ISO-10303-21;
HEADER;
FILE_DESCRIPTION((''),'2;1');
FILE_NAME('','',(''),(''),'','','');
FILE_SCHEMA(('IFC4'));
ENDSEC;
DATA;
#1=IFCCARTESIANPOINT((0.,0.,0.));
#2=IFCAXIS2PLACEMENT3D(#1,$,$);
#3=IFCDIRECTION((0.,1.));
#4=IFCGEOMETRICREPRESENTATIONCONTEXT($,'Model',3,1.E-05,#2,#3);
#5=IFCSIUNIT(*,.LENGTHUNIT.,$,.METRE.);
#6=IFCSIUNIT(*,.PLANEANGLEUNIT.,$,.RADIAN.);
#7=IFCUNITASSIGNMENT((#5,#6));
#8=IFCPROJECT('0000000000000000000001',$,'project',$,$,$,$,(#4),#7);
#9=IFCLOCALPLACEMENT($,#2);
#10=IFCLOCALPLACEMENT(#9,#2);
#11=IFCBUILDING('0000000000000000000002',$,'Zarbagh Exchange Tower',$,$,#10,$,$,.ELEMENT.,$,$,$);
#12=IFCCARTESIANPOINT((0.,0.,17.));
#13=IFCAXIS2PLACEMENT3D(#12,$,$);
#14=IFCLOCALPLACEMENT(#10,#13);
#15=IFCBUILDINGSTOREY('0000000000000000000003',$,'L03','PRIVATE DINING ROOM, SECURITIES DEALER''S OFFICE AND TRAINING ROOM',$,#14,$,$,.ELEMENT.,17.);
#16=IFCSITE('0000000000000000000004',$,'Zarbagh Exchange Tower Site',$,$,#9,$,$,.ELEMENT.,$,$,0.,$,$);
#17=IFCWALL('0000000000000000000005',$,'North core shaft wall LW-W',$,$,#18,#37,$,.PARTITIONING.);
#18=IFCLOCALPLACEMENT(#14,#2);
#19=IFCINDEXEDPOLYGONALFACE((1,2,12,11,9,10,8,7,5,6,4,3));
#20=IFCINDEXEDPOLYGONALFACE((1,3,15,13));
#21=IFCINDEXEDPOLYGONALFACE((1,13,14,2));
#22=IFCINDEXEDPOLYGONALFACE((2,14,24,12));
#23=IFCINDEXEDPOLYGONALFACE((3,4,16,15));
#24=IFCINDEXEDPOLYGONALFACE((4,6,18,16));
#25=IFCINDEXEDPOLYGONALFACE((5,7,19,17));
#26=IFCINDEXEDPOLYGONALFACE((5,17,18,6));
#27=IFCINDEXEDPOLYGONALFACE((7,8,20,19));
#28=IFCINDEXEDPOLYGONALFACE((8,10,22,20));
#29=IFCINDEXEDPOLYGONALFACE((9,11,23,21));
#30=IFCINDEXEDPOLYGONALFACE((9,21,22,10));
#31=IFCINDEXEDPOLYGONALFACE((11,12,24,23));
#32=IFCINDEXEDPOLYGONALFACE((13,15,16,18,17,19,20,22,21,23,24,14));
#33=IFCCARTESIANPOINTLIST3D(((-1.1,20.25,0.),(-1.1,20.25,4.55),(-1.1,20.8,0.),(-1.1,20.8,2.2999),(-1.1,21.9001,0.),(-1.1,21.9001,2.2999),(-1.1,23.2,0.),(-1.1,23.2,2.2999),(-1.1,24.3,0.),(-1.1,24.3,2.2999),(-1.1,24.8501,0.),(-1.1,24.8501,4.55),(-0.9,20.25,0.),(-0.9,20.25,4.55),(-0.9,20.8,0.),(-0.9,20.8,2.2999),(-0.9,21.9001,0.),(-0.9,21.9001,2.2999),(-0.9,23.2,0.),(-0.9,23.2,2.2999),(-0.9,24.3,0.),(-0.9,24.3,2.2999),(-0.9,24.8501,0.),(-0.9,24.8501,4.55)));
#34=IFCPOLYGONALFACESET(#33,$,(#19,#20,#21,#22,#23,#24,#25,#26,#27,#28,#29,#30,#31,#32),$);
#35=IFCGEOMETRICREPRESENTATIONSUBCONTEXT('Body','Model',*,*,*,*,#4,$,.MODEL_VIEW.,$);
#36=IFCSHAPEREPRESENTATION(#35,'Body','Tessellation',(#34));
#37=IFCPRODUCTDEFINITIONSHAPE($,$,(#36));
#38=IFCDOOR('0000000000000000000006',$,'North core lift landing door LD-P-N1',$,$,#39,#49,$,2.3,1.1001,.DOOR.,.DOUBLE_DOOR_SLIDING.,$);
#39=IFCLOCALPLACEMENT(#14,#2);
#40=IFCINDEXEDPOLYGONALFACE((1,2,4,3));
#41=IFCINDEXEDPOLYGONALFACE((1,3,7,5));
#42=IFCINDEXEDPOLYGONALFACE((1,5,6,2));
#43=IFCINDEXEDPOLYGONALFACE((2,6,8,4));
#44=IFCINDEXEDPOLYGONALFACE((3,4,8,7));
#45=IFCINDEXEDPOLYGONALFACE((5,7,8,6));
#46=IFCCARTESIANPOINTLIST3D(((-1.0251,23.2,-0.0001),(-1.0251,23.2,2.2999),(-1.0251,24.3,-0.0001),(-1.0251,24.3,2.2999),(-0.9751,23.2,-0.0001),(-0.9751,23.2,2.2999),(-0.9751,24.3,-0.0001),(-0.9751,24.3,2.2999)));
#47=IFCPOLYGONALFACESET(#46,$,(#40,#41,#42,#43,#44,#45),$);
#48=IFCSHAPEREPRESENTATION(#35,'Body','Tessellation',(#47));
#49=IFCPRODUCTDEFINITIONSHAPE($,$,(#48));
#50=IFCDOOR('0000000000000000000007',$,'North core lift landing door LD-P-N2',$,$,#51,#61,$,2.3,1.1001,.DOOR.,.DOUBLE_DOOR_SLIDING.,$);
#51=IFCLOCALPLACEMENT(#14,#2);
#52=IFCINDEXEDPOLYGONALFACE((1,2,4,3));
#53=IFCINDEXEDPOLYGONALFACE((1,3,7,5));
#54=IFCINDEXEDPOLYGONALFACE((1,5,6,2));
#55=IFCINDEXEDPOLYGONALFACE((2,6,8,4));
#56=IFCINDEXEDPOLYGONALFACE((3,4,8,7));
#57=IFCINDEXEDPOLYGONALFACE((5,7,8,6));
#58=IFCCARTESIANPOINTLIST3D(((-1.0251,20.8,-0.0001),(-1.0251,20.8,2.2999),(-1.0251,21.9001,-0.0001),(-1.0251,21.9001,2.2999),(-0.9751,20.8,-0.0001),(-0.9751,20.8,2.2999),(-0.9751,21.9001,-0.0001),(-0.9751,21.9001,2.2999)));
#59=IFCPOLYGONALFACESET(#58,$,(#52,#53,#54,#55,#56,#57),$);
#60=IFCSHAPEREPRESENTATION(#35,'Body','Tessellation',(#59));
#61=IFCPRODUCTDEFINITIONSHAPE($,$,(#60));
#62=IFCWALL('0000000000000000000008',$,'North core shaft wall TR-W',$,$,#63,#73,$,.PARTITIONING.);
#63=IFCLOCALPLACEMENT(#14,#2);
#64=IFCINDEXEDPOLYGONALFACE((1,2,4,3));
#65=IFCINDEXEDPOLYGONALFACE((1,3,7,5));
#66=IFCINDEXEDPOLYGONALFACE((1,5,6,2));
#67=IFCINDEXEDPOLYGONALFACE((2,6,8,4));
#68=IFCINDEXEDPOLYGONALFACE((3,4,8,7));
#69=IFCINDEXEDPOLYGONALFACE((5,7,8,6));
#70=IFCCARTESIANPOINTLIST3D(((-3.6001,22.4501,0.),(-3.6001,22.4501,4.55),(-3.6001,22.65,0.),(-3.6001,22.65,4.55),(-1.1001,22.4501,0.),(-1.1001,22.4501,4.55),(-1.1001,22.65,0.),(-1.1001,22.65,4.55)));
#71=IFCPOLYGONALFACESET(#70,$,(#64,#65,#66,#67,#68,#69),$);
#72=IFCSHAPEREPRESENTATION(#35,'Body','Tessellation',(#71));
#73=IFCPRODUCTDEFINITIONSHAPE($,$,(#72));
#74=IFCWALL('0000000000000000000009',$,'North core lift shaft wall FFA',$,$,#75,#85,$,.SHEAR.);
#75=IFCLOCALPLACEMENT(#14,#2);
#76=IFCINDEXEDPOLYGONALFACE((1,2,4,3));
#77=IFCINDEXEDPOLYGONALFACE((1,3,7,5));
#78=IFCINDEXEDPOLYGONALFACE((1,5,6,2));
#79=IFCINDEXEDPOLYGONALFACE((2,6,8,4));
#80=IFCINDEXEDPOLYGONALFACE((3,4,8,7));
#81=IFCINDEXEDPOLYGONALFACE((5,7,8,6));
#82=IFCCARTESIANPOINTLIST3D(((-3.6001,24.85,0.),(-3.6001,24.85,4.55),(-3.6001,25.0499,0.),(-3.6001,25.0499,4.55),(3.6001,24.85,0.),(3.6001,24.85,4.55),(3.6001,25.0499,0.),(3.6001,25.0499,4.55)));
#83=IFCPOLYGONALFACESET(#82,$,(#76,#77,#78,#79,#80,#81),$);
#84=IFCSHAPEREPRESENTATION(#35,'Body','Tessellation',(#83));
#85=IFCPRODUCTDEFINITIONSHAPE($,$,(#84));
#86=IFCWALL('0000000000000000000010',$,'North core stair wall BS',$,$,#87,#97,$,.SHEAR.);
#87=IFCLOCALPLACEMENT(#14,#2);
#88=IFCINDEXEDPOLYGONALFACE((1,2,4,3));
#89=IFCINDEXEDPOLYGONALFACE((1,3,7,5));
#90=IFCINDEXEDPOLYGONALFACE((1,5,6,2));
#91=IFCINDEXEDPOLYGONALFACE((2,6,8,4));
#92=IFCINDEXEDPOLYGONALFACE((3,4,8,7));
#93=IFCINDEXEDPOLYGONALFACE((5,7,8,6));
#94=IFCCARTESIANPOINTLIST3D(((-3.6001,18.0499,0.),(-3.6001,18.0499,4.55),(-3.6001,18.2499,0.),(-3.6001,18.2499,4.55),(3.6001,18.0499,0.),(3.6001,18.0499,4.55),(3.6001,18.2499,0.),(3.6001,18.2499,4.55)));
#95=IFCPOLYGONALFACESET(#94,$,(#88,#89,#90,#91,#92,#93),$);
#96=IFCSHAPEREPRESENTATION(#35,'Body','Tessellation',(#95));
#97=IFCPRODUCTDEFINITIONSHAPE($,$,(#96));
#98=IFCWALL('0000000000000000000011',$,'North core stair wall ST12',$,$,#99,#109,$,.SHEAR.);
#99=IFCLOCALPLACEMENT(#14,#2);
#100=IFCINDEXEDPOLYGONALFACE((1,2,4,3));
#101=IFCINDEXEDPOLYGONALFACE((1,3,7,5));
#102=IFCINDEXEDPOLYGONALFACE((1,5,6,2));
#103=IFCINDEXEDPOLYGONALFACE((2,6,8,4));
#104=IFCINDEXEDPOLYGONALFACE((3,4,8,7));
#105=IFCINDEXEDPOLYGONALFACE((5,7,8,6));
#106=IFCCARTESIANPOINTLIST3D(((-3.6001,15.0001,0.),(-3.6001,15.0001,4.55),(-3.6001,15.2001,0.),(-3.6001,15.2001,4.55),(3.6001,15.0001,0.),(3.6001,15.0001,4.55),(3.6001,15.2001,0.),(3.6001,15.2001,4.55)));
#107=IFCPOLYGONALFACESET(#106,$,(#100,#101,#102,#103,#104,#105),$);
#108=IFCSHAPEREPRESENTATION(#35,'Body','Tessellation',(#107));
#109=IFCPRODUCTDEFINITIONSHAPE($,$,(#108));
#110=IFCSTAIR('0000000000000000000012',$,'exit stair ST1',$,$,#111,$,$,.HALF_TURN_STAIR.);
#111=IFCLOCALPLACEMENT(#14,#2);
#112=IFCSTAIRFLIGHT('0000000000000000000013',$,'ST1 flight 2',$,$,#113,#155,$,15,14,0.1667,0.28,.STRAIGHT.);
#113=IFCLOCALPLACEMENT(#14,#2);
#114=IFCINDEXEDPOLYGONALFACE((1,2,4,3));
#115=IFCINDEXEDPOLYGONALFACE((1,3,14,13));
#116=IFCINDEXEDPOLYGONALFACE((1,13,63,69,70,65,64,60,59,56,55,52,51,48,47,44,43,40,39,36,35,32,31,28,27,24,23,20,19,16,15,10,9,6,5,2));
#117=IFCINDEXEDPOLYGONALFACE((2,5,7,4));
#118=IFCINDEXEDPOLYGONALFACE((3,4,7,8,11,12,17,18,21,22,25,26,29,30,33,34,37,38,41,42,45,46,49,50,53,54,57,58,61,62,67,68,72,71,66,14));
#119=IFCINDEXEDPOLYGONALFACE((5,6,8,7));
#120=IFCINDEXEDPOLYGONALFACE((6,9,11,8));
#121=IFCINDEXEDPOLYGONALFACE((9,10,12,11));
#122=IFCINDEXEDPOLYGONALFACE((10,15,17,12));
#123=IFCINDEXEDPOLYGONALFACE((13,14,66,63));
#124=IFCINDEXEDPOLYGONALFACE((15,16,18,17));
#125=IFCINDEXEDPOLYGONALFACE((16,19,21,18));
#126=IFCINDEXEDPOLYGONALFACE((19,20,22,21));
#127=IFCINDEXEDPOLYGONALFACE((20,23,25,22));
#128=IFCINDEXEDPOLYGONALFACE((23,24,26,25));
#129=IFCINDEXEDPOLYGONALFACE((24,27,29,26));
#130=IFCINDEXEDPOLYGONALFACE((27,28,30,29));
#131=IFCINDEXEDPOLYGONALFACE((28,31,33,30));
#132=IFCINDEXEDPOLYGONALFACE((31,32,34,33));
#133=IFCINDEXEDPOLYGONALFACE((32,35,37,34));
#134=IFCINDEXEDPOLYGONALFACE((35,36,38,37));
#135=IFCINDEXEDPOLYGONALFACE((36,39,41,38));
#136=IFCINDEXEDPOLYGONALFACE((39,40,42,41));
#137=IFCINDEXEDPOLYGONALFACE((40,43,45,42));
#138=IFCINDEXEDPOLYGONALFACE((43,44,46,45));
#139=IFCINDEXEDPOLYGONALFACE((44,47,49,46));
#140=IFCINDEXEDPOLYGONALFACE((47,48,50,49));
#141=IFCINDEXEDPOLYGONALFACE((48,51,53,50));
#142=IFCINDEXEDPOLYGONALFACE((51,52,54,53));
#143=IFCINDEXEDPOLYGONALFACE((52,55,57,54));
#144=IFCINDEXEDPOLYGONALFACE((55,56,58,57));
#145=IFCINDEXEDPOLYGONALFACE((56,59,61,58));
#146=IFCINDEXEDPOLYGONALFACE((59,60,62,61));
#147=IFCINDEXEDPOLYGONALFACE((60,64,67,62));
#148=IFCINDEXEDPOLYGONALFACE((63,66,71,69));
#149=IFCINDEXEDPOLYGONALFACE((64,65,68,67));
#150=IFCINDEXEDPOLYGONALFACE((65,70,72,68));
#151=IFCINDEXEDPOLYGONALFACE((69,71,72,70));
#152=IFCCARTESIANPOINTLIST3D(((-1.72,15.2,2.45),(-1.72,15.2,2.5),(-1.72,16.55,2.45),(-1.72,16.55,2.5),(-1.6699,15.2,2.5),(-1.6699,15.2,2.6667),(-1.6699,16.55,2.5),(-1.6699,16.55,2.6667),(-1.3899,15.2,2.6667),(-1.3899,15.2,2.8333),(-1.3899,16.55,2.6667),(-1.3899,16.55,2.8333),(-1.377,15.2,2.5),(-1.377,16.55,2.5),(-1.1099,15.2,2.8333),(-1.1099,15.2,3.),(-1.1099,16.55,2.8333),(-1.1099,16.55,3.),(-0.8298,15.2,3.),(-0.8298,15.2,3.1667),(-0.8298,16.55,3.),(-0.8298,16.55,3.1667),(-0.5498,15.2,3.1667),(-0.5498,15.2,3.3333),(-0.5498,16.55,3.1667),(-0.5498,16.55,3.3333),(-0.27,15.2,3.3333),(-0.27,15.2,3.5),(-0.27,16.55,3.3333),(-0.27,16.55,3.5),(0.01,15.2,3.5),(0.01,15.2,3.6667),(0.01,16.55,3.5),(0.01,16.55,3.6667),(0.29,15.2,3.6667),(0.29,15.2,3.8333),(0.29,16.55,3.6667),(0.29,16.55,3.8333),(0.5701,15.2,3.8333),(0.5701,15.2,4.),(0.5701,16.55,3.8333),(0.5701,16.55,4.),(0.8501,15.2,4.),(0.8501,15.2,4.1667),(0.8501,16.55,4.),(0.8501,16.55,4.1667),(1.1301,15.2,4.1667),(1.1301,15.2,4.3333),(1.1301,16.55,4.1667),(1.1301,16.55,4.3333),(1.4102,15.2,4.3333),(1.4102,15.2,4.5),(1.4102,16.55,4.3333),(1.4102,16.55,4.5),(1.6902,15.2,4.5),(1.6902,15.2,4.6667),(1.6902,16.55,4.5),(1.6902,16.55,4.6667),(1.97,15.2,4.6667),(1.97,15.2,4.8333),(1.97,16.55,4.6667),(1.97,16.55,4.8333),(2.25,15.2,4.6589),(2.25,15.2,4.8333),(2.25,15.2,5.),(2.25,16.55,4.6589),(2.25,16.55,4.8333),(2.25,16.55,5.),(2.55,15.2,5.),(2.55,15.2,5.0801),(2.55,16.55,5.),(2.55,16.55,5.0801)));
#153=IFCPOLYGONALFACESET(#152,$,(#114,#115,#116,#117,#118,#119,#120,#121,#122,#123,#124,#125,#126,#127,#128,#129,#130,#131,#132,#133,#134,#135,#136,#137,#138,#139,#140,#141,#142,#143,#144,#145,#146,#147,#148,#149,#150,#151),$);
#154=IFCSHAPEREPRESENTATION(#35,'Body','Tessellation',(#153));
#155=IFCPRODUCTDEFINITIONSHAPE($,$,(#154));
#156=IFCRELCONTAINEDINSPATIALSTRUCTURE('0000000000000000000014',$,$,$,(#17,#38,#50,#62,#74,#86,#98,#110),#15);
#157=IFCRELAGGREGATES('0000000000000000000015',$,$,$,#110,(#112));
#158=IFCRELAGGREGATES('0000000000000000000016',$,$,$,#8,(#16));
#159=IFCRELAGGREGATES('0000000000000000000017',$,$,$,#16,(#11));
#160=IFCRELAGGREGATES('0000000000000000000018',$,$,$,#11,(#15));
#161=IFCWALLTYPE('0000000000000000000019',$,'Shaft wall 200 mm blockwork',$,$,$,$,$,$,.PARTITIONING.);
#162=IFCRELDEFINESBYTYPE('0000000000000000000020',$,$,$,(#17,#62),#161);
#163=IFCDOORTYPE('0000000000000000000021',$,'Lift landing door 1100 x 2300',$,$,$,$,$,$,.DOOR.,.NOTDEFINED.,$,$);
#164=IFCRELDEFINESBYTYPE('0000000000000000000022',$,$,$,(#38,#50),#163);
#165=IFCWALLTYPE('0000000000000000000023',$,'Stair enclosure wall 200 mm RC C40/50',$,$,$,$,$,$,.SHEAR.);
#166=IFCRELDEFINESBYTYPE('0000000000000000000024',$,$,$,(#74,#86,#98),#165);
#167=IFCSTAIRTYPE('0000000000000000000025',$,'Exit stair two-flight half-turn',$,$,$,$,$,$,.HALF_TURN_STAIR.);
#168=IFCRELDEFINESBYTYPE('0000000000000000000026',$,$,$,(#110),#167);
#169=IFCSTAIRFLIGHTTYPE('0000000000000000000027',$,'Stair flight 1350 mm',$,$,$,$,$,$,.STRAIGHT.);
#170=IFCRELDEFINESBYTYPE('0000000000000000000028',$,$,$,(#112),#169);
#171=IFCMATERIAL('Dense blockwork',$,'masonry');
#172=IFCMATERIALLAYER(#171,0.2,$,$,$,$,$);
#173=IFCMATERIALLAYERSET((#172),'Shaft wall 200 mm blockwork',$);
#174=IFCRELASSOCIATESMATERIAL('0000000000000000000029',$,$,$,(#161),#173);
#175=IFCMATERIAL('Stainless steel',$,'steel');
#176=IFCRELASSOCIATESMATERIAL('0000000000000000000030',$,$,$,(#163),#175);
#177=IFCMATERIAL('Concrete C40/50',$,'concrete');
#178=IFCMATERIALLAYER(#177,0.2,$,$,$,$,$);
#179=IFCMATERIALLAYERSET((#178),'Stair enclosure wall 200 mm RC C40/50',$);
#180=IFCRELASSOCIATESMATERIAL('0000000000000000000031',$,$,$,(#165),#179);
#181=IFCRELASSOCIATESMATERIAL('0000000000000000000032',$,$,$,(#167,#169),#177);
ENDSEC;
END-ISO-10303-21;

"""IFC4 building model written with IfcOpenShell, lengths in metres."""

from ifc_helpers import new_model, si_unit, direction, frame, frame_2d, origin, place, context, subcontext, project, spatial, polyline, rectangle, outline, extrude, material, layer, layer_set, type_object, element, fill, aggregate, save


model = new_model("IFC4")

# Units and contexts
model_context = context("Model", 3, precision=1e-05, world=origin(), true_north=direction((0.0, 1.0)))
body_context = subcontext(model_context, "Body", "Model", "MODEL_VIEW")
ifc_project = project(units=[si_unit("LENGTHUNIT", "METRE"), si_unit("PLANEANGLEUNIT", "RADIAN")], contexts=[model_context])

# Site, building, storey
site_placement = place(None, origin())
site = spatial("IfcSite", under=ifc_project, at=site_placement, Name="Zarbagh Exchange Tower Site", CompositionType="ELEMENT", RefElevation=0.0)
building_placement = place(site_placement, origin())
building = spatial("IfcBuilding", under=site, at=building_placement, Name="Zarbagh Exchange Tower", CompositionType="ELEMENT")
storey_placement = place(building_placement, frame((0.0, 0.0, 17.0)))
storey = spatial("IfcBuildingStorey", under=building, at=storey_placement, Name="L03", Description="PRIVATE DINING ROOM, SECURITIES DEALER'S OFFICE AND TRAINING ROOM", CompositionType="ELEMENT", Elevation=17.0)

# Shared definitions
ifc_material_1 = material(Name="Dense blockwork", Category="masonry")
ifc_layer_1 = layer(ifc_material_1, 0.2)
ifc_layer_set_1 = layer_set([ifc_layer_1], Name="Shaft wall 200 mm blockwork")
wall_type_1 = type_object("IfcWallType", Name="Shaft wall 200 mm blockwork", PredefinedType="PARTITIONING", material=ifc_layer_set_1)

# Wall, openings, doors
wall_1_placement = place(storey_placement, frame((-1.0, 24.8501, 0.0), z_axis=(0.0, 0.0, 1.0), x_axis=(0.0, -1.0, 0.0)))
wall_1 = element("IfcWall", 1, at=wall_1_placement, inside=storey, type_object=wall_type_1, Name="North core shaft wall LW-W", PredefinedType="PARTITIONING", context=body_context, shape_type="SweptSolid", body=[
    extrude(rectangle(XDim=4.6001, YDim=0.2, at=frame_2d((2.3, 0.0))), origin(), (0.0, 0.0, 1.0), 4.55),
])
opening_1_placement = place(wall_1_placement, frame((0.55, 0.0, 0.0)))
opening_1 = element("IfcOpeningElement", 2, at=opening_1_placement, cuts=wall_1, PredefinedType="OPENING", context=body_context, shape_type="SweptSolid", body=[
    extrude(rectangle(XDim=1.1001, YDim=2.3, at=frame_2d((0.55, 1.1499))), frame((0.0, 0.1099, 0.0), z_axis=(0.0, -1.0, 0.0), x_axis=(1.0, 0.0, 0.0)), (0.0, 0.0, 1.0), 0.22),
])
opening_2_placement = place(wall_1_placement, frame((2.95, 0.0, 0.0)))
opening_2 = element("IfcOpeningElement", 3, at=opening_2_placement, cuts=wall_1, PredefinedType="OPENING", context=body_context, shape_type="SweptSolid", body=[
    extrude(rectangle(XDim=1.1001, YDim=2.3, at=frame_2d((0.55, 1.1499))), frame((0.0, 0.1099, 0.0), z_axis=(0.0, -1.0, 0.0), x_axis=(1.0, 0.0, 0.0)), (0.0, 0.0, 1.0), 0.22),
])
ifc_material_2 = material(Name="Stainless steel", Category="steel")
door_type_1 = type_object("IfcDoorType", Name="Lift landing door 1100 x 2300", OperationType="NOTDEFINED", PredefinedType="DOOR", material=ifc_material_2)
door_1_placement = place(opening_1_placement, origin())
door_1 = element("IfcDoor", 4, at=door_1_placement, inside=storey, type_object=door_type_1, Name="North core lift landing door LD-P-N1", OperationType="DOUBLE_DOOR_SLIDING", OverallHeight=2.3, OverallWidth=1.1001, PredefinedType="DOOR", context=body_context, shape_type="SweptSolid", body=[
    extrude(rectangle(XDim=1.1001, YDim=2.3, at=frame_2d((0.55, 1.1499))), frame((0.0, 0.0249, 0.0), z_axis=(0.0, -1.0, 0.0), x_axis=(1.0, 0.0, 0.0)), (0.0, 0.0, 1.0), 0.05),
])
fill(opening_1, door_1)
door_2_placement = place(opening_2_placement, origin())
door_2 = element("IfcDoor", 5, at=door_2_placement, inside=storey, type_object=door_type_1, Name="North core lift landing door LD-P-N2", OperationType="DOUBLE_DOOR_SLIDING", OverallHeight=2.3, OverallWidth=1.1001, PredefinedType="DOOR", context=body_context, shape_type="SweptSolid", body=[
    extrude(rectangle(XDim=1.1001, YDim=2.3, at=frame_2d((0.55, 1.1499))), frame((0.0, 0.0249, 0.0), z_axis=(0.0, -1.0, 0.0), x_axis=(1.0, 0.0, 0.0)), (0.0, 0.0, 1.0), 0.05),
])
fill(opening_2, door_2)

# Walls
wall_2_placement = place(storey_placement, frame((-3.6001, 22.55, 0.0), z_axis=(0.0, 0.0, 1.0), x_axis=(1.0, 0.0, 0.0)))
element("IfcWall", 6, at=wall_2_placement, inside=storey, type_object=wall_type_1, Name="North core shaft wall TR-W", PredefinedType="PARTITIONING", context=body_context, shape_type="SweptSolid", body=[
    extrude(rectangle(XDim=2.5, YDim=0.2, at=frame_2d((1.25, 0.0))), origin(), (0.0, 0.0, 1.0), 4.55),
])
ifc_material_3 = material(Name="Concrete C40/50", Category="concrete")
ifc_layer_2 = layer(ifc_material_3, 0.2)
ifc_layer_set_2 = layer_set([ifc_layer_2], Name="Stair enclosure wall 200 mm RC C40/50")
wall_type_2 = type_object("IfcWallType", Name="Stair enclosure wall 200 mm RC C40/50", PredefinedType="SHEAR", material=ifc_layer_set_2)
for number, where, z_axis, x_axis, name in (
    (7, (-3.6001, 24.95, 0.0), (0.0, 0.0, 1.0), (1.0, 0.0, 0.0), "North core lift shaft wall FFA"),
    (8, (-3.6001, 18.1499, 0.0), (0.0, 0.0, 1.0), (1.0, 0.0, 0.0), "North core stair wall BS"),
    (9, (-3.6001, 15.1001, 0.0), (0.0, 0.0, 1.0), (1.0, 0.0, 0.0), "North core stair wall ST12"),
):
    element("IfcWall", number, at=place(storey_placement, frame(where, z_axis=z_axis, x_axis=x_axis)), inside=storey, type_object=wall_type_2, Name=name, PredefinedType="SHEAR", context=body_context, shape_type="SweptSolid", body=[
        extrude(rectangle(XDim=7.2002, YDim=0.2, at=frame_2d((3.6001, 0.0))), origin(), (0.0, 0.0, 1.0), 4.55),
    ])

# Stair, stair flight
stair_type = type_object("IfcStairType", Name="Exit stair two-flight half-turn", PredefinedType="HALF_TURN_STAIR", material=ifc_material_3)
stair_1_placement = place(storey_placement, origin())
stair_1 = element("IfcStair", 10, at=stair_1_placement, inside=storey, type_object=stair_type, Name="exit stair ST1", PredefinedType="HALF_TURN_STAIR")
stair_flight_type = type_object("IfcStairFlightType", Name="Stair flight 1350 mm", PredefinedType="STRAIGHT", material=ifc_material_3)
stair_flight_1_placement = place(storey_placement, frame((-1.6699, 15.875, 2.5), z_axis=(0.0, 0.0, 1.0), x_axis=(1.0, 0.0, 0.0)))
stair_flight_1 = element("IfcStairFlight", 11, at=stair_flight_1_placement, type_object=stair_flight_type, Name="ST1 flight 2", NumberOfRisers=15, NumberOfTreads=14, PredefinedType="STRAIGHT", RiserHeight=0.1667, TreadLength=0.28, context=body_context, shape_type="SweptSolid", body=[
    extrude(outline(polyline([(-0.05, -0.05), (-0.05, 0.0), (0.0, 0.0), (0.0, 0.1667), (0.28, 0.1667), (0.28, 0.3333), (0.5601, 0.3333), (0.5601, 0.5), (0.8401, 0.5), (0.8401, 0.6667), (1.1201, 0.6667), (1.1201, 0.8333), (1.3999, 0.8333), (1.3999, 1.0), (1.6799, 1.0), (1.6799, 1.1667), (1.96, 1.1667), (1.96, 1.3333), (2.24, 1.3333), (2.24, 1.5), (2.52, 1.5), (2.52, 1.6667), (2.8, 1.6667), (2.8, 1.8333), (3.0801, 1.8333), (3.0801, 2.0), (3.3601, 2.0), (3.3601, 2.1667), (3.6399, 2.1667), (3.6399, 2.3333), (3.9199, 2.3333), (3.9199, 2.5), (4.22, 2.5801), (4.22, 2.5), (3.9199, 2.1589), (0.293, 0.0), (-0.05, -0.05)])), frame((0.0, 0.675, 0.0), z_axis=(0.0, -1.0, 0.0), x_axis=(1.0, 0.0, 0.0)), (0.0, 0.0, 1.0), 1.3501),
])
aggregate(stair_1, [stair_flight_1])

save(model, "model.ifc")
